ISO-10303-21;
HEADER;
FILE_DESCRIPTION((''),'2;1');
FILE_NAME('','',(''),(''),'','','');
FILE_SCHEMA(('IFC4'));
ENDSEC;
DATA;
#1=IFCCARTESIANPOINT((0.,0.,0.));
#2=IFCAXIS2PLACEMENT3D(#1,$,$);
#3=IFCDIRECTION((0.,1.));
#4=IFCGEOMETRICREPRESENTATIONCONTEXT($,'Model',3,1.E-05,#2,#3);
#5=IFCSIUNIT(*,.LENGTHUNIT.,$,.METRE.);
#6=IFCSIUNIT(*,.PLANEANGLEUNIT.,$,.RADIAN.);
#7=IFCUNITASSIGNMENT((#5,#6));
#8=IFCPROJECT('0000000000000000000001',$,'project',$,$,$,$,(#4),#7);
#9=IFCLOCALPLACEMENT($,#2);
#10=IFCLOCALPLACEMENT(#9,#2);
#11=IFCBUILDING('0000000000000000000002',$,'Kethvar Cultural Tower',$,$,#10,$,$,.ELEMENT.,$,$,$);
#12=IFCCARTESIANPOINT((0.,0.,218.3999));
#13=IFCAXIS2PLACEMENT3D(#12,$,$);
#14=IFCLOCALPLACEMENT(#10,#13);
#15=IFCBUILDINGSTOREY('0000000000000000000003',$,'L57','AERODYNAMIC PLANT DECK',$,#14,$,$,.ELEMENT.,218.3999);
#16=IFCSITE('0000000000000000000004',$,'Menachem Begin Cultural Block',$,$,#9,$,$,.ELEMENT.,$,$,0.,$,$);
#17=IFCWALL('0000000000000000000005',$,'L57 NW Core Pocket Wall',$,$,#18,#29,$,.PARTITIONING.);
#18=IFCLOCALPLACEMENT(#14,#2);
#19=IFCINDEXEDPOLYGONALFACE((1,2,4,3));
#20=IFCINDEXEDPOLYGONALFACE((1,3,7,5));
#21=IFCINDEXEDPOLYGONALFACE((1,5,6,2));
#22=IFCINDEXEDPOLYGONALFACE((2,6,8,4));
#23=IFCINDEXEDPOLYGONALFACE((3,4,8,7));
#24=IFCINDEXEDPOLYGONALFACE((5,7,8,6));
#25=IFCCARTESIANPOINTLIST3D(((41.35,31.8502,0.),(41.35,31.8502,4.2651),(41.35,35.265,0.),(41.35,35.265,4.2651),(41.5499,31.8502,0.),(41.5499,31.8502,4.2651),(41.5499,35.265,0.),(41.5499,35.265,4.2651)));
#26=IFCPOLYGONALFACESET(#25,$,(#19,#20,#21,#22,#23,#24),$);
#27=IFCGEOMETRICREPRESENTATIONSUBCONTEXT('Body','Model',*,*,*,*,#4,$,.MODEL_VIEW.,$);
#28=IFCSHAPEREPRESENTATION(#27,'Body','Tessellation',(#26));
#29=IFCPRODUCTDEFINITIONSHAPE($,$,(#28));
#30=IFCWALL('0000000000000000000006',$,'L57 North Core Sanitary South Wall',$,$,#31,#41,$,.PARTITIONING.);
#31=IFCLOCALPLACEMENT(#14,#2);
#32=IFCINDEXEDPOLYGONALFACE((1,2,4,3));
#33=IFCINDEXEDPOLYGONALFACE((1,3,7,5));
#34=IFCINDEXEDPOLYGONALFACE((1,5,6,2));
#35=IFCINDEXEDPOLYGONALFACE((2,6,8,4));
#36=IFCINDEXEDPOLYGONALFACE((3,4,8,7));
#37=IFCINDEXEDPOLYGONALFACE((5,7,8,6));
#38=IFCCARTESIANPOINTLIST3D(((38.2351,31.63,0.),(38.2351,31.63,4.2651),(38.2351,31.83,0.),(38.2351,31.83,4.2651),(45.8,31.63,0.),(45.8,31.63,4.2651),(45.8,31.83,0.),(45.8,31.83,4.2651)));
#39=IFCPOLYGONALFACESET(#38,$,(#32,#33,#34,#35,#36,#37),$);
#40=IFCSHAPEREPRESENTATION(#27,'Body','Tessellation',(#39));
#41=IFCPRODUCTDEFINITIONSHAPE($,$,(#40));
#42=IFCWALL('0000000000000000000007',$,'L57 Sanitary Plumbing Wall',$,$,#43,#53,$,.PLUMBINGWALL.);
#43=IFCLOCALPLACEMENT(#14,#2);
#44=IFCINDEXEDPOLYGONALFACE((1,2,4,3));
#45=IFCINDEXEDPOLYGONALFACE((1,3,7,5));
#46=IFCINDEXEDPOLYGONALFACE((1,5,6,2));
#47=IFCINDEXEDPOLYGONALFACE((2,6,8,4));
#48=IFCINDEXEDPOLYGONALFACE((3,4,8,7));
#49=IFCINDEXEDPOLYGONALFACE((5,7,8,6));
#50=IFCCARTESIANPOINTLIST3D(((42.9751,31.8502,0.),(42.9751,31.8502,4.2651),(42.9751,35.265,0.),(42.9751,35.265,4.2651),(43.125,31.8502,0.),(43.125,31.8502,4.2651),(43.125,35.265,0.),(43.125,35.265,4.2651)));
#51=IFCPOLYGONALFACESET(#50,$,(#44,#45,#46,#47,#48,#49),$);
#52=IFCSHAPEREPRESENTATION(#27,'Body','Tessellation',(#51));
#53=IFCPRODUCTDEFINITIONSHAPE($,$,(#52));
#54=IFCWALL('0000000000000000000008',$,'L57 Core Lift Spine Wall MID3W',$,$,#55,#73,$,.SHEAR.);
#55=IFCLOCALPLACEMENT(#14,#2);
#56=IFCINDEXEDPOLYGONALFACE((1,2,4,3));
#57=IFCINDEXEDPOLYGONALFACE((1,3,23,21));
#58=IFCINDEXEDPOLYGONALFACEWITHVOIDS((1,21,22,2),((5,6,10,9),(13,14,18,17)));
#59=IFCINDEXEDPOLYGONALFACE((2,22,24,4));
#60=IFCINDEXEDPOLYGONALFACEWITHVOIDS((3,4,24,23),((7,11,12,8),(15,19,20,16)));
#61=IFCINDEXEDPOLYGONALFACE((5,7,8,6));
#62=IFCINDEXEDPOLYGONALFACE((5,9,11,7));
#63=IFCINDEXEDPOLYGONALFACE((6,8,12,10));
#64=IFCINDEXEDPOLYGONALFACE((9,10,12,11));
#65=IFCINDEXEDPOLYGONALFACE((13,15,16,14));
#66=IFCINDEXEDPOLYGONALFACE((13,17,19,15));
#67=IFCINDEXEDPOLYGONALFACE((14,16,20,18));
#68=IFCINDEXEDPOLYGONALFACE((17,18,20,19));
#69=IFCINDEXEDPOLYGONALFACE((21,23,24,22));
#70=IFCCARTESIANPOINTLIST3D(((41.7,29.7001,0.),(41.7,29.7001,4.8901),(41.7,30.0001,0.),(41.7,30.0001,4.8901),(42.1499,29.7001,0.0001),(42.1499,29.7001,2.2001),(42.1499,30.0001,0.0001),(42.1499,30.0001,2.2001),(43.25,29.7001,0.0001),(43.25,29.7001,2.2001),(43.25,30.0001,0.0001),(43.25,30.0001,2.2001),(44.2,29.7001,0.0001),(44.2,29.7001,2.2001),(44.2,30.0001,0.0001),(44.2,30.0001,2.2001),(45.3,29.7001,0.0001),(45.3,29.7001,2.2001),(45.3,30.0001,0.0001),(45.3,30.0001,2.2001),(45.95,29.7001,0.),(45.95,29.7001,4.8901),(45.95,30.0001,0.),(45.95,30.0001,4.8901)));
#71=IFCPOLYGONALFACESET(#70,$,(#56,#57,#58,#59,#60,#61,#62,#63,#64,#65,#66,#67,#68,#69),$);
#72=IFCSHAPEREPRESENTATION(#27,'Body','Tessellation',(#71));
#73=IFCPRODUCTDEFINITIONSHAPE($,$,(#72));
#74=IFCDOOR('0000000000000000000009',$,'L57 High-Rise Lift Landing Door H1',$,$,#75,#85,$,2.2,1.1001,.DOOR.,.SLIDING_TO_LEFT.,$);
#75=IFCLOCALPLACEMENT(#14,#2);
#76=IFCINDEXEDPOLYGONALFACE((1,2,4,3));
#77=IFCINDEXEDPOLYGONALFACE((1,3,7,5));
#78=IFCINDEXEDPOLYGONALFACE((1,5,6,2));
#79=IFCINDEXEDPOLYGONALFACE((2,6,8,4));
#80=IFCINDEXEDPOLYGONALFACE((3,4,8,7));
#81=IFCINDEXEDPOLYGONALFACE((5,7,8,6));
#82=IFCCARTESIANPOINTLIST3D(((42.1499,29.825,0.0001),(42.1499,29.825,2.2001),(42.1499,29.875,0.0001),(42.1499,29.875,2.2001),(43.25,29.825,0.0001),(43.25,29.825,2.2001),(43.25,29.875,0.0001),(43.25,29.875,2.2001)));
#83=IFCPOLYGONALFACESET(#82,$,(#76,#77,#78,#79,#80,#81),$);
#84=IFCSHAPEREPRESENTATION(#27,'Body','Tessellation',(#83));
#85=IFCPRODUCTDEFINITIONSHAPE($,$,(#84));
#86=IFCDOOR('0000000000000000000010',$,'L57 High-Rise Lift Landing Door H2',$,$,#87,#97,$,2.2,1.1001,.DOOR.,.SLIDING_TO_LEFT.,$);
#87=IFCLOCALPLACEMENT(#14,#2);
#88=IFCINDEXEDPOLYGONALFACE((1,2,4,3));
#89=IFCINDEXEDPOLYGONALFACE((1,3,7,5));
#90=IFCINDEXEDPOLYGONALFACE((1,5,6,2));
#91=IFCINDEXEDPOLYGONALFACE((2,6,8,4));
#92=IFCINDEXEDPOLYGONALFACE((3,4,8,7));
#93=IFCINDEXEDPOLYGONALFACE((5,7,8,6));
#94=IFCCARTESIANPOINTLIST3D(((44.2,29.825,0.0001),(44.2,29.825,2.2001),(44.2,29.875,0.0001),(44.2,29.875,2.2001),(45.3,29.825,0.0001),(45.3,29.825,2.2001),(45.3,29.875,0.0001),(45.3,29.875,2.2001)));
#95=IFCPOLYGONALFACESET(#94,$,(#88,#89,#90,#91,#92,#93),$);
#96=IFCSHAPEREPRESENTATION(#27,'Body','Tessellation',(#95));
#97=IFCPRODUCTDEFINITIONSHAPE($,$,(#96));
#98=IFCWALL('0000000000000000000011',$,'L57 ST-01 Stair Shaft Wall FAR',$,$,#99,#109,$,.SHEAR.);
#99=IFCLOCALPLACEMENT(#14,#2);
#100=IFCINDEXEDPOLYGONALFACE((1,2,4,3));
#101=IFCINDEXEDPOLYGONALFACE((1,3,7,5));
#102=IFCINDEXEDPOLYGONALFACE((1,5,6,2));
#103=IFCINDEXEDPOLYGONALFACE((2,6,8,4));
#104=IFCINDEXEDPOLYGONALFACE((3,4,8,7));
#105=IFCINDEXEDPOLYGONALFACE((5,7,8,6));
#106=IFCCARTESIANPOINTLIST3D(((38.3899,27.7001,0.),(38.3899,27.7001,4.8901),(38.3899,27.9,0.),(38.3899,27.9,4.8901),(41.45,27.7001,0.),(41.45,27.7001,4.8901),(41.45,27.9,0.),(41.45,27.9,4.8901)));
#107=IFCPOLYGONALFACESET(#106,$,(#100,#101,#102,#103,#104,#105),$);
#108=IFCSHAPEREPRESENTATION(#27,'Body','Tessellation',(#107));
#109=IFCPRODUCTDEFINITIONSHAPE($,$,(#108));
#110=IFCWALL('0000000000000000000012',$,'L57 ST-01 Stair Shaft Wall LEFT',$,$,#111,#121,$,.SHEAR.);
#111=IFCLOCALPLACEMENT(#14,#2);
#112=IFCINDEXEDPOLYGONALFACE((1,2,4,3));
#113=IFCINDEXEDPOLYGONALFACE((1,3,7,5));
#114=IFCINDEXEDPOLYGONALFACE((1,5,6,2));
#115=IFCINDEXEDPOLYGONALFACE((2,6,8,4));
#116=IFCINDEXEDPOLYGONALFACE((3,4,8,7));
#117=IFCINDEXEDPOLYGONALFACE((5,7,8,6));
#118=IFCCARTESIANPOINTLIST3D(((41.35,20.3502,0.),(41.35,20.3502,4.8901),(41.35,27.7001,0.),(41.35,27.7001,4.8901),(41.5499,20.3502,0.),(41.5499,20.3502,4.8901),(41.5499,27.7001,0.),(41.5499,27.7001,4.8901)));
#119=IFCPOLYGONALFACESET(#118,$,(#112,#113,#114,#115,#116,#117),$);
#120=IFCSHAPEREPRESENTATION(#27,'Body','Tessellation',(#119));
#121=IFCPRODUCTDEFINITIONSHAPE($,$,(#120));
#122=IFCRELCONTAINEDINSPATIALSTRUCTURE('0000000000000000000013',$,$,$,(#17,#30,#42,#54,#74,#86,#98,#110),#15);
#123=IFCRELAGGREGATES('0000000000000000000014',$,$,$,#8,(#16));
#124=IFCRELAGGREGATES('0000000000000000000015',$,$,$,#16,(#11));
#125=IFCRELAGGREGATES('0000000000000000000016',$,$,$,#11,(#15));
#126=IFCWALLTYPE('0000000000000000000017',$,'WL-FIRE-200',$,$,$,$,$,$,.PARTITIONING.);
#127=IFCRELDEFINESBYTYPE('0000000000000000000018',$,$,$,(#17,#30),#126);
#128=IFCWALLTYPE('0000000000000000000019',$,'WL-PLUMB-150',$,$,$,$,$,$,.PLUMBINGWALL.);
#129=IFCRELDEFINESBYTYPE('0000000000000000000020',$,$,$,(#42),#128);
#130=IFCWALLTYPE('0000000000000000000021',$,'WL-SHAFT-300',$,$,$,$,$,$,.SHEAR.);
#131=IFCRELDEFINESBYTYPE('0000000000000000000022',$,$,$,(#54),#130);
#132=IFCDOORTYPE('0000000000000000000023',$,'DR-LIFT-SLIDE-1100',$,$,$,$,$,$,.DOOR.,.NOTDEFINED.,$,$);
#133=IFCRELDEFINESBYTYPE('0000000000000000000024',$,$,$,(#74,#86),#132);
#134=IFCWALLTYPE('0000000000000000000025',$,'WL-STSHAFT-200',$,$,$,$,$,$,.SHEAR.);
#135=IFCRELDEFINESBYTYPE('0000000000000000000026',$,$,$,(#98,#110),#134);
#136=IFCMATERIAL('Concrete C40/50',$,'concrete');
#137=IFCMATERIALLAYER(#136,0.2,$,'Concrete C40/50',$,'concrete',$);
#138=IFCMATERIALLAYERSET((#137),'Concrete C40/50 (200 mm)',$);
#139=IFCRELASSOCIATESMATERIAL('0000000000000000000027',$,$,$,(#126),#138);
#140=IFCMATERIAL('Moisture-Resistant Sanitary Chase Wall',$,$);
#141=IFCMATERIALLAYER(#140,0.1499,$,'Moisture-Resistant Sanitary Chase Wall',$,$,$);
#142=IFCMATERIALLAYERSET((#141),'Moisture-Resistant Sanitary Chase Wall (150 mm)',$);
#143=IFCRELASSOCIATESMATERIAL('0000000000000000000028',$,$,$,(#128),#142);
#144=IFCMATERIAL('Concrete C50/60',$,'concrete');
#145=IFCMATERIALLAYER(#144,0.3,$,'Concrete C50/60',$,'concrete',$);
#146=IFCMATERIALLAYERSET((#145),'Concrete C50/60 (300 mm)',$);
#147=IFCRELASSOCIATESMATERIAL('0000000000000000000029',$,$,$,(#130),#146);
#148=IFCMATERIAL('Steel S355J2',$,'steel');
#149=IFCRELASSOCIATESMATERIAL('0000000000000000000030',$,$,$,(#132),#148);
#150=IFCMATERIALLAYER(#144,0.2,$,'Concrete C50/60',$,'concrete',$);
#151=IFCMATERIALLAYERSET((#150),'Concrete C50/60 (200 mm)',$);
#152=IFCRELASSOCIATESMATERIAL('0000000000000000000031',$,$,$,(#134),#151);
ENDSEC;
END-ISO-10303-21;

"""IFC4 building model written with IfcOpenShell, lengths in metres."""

from ifc_helpers import new_model, si_unit, direction, frame, frame_2d, origin, place, context, subcontext, project, spatial, rectangle, extrude, source, transform, mapped, material, layer, layer_set, type_object, element, fill, save


model = new_model("IFC4")

# Units and contexts
model_context = context("Model", 3, precision=1e-05, world=origin(), true_north=direction((0.0, 1.0)))
body_context = subcontext(model_context, "Body", "Model", "MODEL_VIEW")
ifc_project = project(units=[si_unit("LENGTHUNIT", "METRE"), si_unit("PLANEANGLEUNIT", "RADIAN")], contexts=[model_context])

# Site, building, storey
site_placement = place(None, origin())
site = spatial("IfcSite", under=ifc_project, at=site_placement, Name="Menachem Begin Cultural Block", CompositionType="ELEMENT", RefElevation=0.0)
building_placement = place(site_placement, origin())
building = spatial("IfcBuilding", under=site, at=building_placement, Name="Kethvar Cultural Tower", CompositionType="ELEMENT")
storey_placement = place(building_placement, frame((0.0, 0.0, 218.3999)))
storey = spatial("IfcBuildingStorey", under=building, at=storey_placement, Name="L57", Description="AERODYNAMIC PLANT DECK", CompositionType="ELEMENT", Elevation=218.3999)

# Shared definitions
ifc_material_1 = material(Name="Steel S355J2", Category="steel")

# Shared definitions
ifc_material_2 = material(Name="Concrete C40/50", Category="concrete")
ifc_layer_1 = layer(ifc_material_2, 0.2, Name="Concrete C40/50", Category="concrete")
ifc_layer_set_1 = layer_set([ifc_layer_1], Name="Concrete C40/50 (200 mm)")
wall_type_1 = type_object("IfcWallType", Name="WL-FIRE-200", PredefinedType="PARTITIONING", material=ifc_layer_set_1)

# Walls
wall_1_placement = place(storey_placement, frame((41.45, 31.8501, 0.0), z_axis=(0.0, 0.0, 1.0), x_axis=(0.0, 1.0, 0.0)))
element("IfcWall", 1, at=wall_1_placement, inside=storey, type_object=wall_type_1, Name="L57 NW Core Pocket Wall", PredefinedType="PARTITIONING", context=body_context, shape_type="SweptSolid", body=[
    extrude(rectangle(XDim=3.4148, YDim=0.2, at=frame_2d((1.7075, 0.0))), origin(), (0.0, 0.0, 1.0), 4.2651),
])
wall_2_placement = place(storey_placement, frame((38.2351, 31.73, 0.0), z_axis=(0.0, 0.0, 1.0), x_axis=(1.0, 0.0, 0.0)))
element("IfcWall", 2, at=wall_2_placement, inside=storey, type_object=wall_type_1, Name="L57 North Core Sanitary South Wall", PredefinedType="PARTITIONING", context=body_context, shape_type="SweptSolid", body=[
    extrude(rectangle(XDim=7.5649, YDim=0.2, at=frame_2d((3.7825, 0.0))), origin(), (0.0, 0.0, 1.0), 4.2651),
])
ifc_material_3 = material(Name="Moisture-Resistant Sanitary Chase Wall")
ifc_layer_2 = layer(ifc_material_3, 0.1499, Name="Moisture-Resistant Sanitary Chase Wall")
ifc_layer_set_2 = layer_set([ifc_layer_2], Name="Moisture-Resistant Sanitary Chase Wall (150 mm)")
wall_type_2 = type_object("IfcWallType", Name="WL-PLUMB-150", PredefinedType="PLUMBINGWALL", material=ifc_layer_set_2)
wall_3_placement = place(storey_placement, frame((43.05, 31.8501, 0.0), z_axis=(0.0, 0.0, 1.0), x_axis=(0.0, 1.0, 0.0)))
element("IfcWall", 3, at=wall_3_placement, inside=storey, type_object=wall_type_2, Name="L57 Sanitary Plumbing Wall", PredefinedType="PLUMBINGWALL", context=body_context, shape_type="SweptSolid", body=[
    extrude(rectangle(XDim=3.4148, YDim=0.1499, at=frame_2d((1.7075, 0.0))), origin(), (0.0, 0.0, 1.0), 4.2651),
])

# Wall, openings, doors
ifc_material_4 = material(Name="Concrete C50/60", Category="concrete")
ifc_layer_3 = layer(ifc_material_4, 0.3, Name="Concrete C50/60", Category="concrete")
ifc_layer_set_3 = layer_set([ifc_layer_3], Name="Concrete C50/60 (300 mm)")
wall_type_3 = type_object("IfcWallType", Name="WL-SHAFT-300", PredefinedType="SHEAR", material=ifc_layer_set_3)
wall_4_placement = place(storey_placement, frame((41.7, 29.8501, 0.0), z_axis=(0.0, 0.0, 1.0), x_axis=(1.0, 0.0, 0.0)))
wall_4 = element("IfcWall", 4, at=wall_4_placement, inside=storey, type_object=wall_type_3, Name="L57 Core Lift Spine Wall MID3W", PredefinedType="SHEAR", context=body_context, shape_type="SweptSolid", body=[
    extrude(rectangle(XDim=4.25, YDim=0.3, at=frame_2d((2.125, 0.0))), origin(), (0.0, 0.0, 1.0), 4.8901),
])
opening_1_placement = place(wall_4_placement, frame((0.45, 0.0, 0.0)))
opening_1 = element("IfcOpeningElement", 5, at=opening_1_placement, cuts=wall_4, PredefinedType="OPENING", context=body_context, shape_type="SweptSolid", body=[
    extrude(rectangle(XDim=1.1001, YDim=2.2, at=frame_2d((0.55, 1.1001))), frame((0.0, 0.1599, 0.0), z_axis=(0.0, -1.0, 0.0), x_axis=(1.0, 0.0, 0.0)), (0.0, 0.0, 1.0), 0.3201),
])
opening_2_placement = place(wall_4_placement, frame((2.5, 0.0, 0.0)))
opening_2 = element("IfcOpeningElement", 6, at=opening_2_placement, cuts=wall_4, PredefinedType="OPENING", context=body_context, shape_type="SweptSolid", body=[
    extrude(rectangle(XDim=1.1001, YDim=2.2, at=frame_2d((0.55, 1.1001))), frame((0.0, 0.1599, 0.0), z_axis=(0.0, -1.0, 0.0), x_axis=(1.0, 0.0, 0.0)), (0.0, 0.0, 1.0), 0.3201),
])
door_type_1 = type_object("IfcDoorType", Name="DR-LIFT-SLIDE-1100", OperationType="NOTDEFINED", PredefinedType="DOOR", material=ifc_material_1)
shared_shape_1 = source(origin(), body_context, "Body", "SweptSolid", [
    extrude(rectangle(XDim=1.1001, YDim=2.2, at=frame_2d((0.55, 1.1001))), frame((0.0, 0.0249, 0.0), z_axis=(0.0, -1.0, 0.0), x_axis=(1.0, 0.0, 0.0)), (0.0, 0.0, 1.0), 0.05),
])
door_1_placement = place(opening_1_placement, origin())
door_1 = element("IfcDoor", 7, at=door_1_placement, inside=storey, type_object=door_type_1, Name="L57 High-Rise Lift Landing Door H1", OperationType="SLIDING_TO_LEFT", OverallHeight=2.2, OverallWidth=1.1001, PredefinedType="DOOR", context=body_context, shape_type="MappedRepresentation", body=[
    mapped(shared_shape_1, transform((0.0, 0.0, 0.0), scale=1.0)),
])
fill(opening_1, door_1)
door_2_placement = place(opening_2_placement, origin())
door_2 = element("IfcDoor", 8, at=door_2_placement, inside=storey, type_object=door_type_1, Name="L57 High-Rise Lift Landing Door H2", OperationType="SLIDING_TO_LEFT", OverallHeight=2.2, OverallWidth=1.1001, PredefinedType="DOOR", context=body_context, shape_type="MappedRepresentation", body=[
    mapped(shared_shape_1, transform((0.0, 0.0, 0.0), scale=1.0)),
])
fill(opening_2, door_2)

# Walls
ifc_layer_4 = layer(ifc_material_4, 0.2, Name="Concrete C50/60", Category="concrete")
ifc_layer_set_4 = layer_set([ifc_layer_4], Name="Concrete C50/60 (200 mm)")
wall_type_4 = type_object("IfcWallType", Name="WL-STSHAFT-200", PredefinedType="SHEAR", material=ifc_layer_set_4)
wall_5_placement = place(storey_placement, frame((38.3899, 27.8, 0.0), z_axis=(0.0, 0.0, 1.0), x_axis=(1.0, 0.0, 0.0)))
element("IfcWall", 9, at=wall_5_placement, inside=storey, type_object=wall_type_4, Name="L57 ST-01 Stair Shaft Wall FAR", PredefinedType="SHEAR", context=body_context, shape_type="SweptSolid", body=[
    extrude(rectangle(XDim=3.0601, YDim=0.2, at=frame_2d((1.53, 0.0))), origin(), (0.0, 0.0, 1.0), 4.8901),
])
wall_6_placement = place(storey_placement, frame((41.45, 27.7, 0.0), z_axis=(0.0, 0.0, 1.0), x_axis=(0.0, -1.0, 0.0)))
element("IfcWall", 10, at=wall_6_placement, inside=storey, type_object=wall_type_4, Name="L57 ST-01 Stair Shaft Wall LEFT", PredefinedType="SHEAR", context=body_context, shape_type="SweptSolid", body=[
    extrude(rectangle(XDim=7.3499, YDim=0.2, at=frame_2d((3.6748, 0.0))), origin(), (0.0, 0.0, 1.0), 4.8901),
])

save(model, "model.ifc")
